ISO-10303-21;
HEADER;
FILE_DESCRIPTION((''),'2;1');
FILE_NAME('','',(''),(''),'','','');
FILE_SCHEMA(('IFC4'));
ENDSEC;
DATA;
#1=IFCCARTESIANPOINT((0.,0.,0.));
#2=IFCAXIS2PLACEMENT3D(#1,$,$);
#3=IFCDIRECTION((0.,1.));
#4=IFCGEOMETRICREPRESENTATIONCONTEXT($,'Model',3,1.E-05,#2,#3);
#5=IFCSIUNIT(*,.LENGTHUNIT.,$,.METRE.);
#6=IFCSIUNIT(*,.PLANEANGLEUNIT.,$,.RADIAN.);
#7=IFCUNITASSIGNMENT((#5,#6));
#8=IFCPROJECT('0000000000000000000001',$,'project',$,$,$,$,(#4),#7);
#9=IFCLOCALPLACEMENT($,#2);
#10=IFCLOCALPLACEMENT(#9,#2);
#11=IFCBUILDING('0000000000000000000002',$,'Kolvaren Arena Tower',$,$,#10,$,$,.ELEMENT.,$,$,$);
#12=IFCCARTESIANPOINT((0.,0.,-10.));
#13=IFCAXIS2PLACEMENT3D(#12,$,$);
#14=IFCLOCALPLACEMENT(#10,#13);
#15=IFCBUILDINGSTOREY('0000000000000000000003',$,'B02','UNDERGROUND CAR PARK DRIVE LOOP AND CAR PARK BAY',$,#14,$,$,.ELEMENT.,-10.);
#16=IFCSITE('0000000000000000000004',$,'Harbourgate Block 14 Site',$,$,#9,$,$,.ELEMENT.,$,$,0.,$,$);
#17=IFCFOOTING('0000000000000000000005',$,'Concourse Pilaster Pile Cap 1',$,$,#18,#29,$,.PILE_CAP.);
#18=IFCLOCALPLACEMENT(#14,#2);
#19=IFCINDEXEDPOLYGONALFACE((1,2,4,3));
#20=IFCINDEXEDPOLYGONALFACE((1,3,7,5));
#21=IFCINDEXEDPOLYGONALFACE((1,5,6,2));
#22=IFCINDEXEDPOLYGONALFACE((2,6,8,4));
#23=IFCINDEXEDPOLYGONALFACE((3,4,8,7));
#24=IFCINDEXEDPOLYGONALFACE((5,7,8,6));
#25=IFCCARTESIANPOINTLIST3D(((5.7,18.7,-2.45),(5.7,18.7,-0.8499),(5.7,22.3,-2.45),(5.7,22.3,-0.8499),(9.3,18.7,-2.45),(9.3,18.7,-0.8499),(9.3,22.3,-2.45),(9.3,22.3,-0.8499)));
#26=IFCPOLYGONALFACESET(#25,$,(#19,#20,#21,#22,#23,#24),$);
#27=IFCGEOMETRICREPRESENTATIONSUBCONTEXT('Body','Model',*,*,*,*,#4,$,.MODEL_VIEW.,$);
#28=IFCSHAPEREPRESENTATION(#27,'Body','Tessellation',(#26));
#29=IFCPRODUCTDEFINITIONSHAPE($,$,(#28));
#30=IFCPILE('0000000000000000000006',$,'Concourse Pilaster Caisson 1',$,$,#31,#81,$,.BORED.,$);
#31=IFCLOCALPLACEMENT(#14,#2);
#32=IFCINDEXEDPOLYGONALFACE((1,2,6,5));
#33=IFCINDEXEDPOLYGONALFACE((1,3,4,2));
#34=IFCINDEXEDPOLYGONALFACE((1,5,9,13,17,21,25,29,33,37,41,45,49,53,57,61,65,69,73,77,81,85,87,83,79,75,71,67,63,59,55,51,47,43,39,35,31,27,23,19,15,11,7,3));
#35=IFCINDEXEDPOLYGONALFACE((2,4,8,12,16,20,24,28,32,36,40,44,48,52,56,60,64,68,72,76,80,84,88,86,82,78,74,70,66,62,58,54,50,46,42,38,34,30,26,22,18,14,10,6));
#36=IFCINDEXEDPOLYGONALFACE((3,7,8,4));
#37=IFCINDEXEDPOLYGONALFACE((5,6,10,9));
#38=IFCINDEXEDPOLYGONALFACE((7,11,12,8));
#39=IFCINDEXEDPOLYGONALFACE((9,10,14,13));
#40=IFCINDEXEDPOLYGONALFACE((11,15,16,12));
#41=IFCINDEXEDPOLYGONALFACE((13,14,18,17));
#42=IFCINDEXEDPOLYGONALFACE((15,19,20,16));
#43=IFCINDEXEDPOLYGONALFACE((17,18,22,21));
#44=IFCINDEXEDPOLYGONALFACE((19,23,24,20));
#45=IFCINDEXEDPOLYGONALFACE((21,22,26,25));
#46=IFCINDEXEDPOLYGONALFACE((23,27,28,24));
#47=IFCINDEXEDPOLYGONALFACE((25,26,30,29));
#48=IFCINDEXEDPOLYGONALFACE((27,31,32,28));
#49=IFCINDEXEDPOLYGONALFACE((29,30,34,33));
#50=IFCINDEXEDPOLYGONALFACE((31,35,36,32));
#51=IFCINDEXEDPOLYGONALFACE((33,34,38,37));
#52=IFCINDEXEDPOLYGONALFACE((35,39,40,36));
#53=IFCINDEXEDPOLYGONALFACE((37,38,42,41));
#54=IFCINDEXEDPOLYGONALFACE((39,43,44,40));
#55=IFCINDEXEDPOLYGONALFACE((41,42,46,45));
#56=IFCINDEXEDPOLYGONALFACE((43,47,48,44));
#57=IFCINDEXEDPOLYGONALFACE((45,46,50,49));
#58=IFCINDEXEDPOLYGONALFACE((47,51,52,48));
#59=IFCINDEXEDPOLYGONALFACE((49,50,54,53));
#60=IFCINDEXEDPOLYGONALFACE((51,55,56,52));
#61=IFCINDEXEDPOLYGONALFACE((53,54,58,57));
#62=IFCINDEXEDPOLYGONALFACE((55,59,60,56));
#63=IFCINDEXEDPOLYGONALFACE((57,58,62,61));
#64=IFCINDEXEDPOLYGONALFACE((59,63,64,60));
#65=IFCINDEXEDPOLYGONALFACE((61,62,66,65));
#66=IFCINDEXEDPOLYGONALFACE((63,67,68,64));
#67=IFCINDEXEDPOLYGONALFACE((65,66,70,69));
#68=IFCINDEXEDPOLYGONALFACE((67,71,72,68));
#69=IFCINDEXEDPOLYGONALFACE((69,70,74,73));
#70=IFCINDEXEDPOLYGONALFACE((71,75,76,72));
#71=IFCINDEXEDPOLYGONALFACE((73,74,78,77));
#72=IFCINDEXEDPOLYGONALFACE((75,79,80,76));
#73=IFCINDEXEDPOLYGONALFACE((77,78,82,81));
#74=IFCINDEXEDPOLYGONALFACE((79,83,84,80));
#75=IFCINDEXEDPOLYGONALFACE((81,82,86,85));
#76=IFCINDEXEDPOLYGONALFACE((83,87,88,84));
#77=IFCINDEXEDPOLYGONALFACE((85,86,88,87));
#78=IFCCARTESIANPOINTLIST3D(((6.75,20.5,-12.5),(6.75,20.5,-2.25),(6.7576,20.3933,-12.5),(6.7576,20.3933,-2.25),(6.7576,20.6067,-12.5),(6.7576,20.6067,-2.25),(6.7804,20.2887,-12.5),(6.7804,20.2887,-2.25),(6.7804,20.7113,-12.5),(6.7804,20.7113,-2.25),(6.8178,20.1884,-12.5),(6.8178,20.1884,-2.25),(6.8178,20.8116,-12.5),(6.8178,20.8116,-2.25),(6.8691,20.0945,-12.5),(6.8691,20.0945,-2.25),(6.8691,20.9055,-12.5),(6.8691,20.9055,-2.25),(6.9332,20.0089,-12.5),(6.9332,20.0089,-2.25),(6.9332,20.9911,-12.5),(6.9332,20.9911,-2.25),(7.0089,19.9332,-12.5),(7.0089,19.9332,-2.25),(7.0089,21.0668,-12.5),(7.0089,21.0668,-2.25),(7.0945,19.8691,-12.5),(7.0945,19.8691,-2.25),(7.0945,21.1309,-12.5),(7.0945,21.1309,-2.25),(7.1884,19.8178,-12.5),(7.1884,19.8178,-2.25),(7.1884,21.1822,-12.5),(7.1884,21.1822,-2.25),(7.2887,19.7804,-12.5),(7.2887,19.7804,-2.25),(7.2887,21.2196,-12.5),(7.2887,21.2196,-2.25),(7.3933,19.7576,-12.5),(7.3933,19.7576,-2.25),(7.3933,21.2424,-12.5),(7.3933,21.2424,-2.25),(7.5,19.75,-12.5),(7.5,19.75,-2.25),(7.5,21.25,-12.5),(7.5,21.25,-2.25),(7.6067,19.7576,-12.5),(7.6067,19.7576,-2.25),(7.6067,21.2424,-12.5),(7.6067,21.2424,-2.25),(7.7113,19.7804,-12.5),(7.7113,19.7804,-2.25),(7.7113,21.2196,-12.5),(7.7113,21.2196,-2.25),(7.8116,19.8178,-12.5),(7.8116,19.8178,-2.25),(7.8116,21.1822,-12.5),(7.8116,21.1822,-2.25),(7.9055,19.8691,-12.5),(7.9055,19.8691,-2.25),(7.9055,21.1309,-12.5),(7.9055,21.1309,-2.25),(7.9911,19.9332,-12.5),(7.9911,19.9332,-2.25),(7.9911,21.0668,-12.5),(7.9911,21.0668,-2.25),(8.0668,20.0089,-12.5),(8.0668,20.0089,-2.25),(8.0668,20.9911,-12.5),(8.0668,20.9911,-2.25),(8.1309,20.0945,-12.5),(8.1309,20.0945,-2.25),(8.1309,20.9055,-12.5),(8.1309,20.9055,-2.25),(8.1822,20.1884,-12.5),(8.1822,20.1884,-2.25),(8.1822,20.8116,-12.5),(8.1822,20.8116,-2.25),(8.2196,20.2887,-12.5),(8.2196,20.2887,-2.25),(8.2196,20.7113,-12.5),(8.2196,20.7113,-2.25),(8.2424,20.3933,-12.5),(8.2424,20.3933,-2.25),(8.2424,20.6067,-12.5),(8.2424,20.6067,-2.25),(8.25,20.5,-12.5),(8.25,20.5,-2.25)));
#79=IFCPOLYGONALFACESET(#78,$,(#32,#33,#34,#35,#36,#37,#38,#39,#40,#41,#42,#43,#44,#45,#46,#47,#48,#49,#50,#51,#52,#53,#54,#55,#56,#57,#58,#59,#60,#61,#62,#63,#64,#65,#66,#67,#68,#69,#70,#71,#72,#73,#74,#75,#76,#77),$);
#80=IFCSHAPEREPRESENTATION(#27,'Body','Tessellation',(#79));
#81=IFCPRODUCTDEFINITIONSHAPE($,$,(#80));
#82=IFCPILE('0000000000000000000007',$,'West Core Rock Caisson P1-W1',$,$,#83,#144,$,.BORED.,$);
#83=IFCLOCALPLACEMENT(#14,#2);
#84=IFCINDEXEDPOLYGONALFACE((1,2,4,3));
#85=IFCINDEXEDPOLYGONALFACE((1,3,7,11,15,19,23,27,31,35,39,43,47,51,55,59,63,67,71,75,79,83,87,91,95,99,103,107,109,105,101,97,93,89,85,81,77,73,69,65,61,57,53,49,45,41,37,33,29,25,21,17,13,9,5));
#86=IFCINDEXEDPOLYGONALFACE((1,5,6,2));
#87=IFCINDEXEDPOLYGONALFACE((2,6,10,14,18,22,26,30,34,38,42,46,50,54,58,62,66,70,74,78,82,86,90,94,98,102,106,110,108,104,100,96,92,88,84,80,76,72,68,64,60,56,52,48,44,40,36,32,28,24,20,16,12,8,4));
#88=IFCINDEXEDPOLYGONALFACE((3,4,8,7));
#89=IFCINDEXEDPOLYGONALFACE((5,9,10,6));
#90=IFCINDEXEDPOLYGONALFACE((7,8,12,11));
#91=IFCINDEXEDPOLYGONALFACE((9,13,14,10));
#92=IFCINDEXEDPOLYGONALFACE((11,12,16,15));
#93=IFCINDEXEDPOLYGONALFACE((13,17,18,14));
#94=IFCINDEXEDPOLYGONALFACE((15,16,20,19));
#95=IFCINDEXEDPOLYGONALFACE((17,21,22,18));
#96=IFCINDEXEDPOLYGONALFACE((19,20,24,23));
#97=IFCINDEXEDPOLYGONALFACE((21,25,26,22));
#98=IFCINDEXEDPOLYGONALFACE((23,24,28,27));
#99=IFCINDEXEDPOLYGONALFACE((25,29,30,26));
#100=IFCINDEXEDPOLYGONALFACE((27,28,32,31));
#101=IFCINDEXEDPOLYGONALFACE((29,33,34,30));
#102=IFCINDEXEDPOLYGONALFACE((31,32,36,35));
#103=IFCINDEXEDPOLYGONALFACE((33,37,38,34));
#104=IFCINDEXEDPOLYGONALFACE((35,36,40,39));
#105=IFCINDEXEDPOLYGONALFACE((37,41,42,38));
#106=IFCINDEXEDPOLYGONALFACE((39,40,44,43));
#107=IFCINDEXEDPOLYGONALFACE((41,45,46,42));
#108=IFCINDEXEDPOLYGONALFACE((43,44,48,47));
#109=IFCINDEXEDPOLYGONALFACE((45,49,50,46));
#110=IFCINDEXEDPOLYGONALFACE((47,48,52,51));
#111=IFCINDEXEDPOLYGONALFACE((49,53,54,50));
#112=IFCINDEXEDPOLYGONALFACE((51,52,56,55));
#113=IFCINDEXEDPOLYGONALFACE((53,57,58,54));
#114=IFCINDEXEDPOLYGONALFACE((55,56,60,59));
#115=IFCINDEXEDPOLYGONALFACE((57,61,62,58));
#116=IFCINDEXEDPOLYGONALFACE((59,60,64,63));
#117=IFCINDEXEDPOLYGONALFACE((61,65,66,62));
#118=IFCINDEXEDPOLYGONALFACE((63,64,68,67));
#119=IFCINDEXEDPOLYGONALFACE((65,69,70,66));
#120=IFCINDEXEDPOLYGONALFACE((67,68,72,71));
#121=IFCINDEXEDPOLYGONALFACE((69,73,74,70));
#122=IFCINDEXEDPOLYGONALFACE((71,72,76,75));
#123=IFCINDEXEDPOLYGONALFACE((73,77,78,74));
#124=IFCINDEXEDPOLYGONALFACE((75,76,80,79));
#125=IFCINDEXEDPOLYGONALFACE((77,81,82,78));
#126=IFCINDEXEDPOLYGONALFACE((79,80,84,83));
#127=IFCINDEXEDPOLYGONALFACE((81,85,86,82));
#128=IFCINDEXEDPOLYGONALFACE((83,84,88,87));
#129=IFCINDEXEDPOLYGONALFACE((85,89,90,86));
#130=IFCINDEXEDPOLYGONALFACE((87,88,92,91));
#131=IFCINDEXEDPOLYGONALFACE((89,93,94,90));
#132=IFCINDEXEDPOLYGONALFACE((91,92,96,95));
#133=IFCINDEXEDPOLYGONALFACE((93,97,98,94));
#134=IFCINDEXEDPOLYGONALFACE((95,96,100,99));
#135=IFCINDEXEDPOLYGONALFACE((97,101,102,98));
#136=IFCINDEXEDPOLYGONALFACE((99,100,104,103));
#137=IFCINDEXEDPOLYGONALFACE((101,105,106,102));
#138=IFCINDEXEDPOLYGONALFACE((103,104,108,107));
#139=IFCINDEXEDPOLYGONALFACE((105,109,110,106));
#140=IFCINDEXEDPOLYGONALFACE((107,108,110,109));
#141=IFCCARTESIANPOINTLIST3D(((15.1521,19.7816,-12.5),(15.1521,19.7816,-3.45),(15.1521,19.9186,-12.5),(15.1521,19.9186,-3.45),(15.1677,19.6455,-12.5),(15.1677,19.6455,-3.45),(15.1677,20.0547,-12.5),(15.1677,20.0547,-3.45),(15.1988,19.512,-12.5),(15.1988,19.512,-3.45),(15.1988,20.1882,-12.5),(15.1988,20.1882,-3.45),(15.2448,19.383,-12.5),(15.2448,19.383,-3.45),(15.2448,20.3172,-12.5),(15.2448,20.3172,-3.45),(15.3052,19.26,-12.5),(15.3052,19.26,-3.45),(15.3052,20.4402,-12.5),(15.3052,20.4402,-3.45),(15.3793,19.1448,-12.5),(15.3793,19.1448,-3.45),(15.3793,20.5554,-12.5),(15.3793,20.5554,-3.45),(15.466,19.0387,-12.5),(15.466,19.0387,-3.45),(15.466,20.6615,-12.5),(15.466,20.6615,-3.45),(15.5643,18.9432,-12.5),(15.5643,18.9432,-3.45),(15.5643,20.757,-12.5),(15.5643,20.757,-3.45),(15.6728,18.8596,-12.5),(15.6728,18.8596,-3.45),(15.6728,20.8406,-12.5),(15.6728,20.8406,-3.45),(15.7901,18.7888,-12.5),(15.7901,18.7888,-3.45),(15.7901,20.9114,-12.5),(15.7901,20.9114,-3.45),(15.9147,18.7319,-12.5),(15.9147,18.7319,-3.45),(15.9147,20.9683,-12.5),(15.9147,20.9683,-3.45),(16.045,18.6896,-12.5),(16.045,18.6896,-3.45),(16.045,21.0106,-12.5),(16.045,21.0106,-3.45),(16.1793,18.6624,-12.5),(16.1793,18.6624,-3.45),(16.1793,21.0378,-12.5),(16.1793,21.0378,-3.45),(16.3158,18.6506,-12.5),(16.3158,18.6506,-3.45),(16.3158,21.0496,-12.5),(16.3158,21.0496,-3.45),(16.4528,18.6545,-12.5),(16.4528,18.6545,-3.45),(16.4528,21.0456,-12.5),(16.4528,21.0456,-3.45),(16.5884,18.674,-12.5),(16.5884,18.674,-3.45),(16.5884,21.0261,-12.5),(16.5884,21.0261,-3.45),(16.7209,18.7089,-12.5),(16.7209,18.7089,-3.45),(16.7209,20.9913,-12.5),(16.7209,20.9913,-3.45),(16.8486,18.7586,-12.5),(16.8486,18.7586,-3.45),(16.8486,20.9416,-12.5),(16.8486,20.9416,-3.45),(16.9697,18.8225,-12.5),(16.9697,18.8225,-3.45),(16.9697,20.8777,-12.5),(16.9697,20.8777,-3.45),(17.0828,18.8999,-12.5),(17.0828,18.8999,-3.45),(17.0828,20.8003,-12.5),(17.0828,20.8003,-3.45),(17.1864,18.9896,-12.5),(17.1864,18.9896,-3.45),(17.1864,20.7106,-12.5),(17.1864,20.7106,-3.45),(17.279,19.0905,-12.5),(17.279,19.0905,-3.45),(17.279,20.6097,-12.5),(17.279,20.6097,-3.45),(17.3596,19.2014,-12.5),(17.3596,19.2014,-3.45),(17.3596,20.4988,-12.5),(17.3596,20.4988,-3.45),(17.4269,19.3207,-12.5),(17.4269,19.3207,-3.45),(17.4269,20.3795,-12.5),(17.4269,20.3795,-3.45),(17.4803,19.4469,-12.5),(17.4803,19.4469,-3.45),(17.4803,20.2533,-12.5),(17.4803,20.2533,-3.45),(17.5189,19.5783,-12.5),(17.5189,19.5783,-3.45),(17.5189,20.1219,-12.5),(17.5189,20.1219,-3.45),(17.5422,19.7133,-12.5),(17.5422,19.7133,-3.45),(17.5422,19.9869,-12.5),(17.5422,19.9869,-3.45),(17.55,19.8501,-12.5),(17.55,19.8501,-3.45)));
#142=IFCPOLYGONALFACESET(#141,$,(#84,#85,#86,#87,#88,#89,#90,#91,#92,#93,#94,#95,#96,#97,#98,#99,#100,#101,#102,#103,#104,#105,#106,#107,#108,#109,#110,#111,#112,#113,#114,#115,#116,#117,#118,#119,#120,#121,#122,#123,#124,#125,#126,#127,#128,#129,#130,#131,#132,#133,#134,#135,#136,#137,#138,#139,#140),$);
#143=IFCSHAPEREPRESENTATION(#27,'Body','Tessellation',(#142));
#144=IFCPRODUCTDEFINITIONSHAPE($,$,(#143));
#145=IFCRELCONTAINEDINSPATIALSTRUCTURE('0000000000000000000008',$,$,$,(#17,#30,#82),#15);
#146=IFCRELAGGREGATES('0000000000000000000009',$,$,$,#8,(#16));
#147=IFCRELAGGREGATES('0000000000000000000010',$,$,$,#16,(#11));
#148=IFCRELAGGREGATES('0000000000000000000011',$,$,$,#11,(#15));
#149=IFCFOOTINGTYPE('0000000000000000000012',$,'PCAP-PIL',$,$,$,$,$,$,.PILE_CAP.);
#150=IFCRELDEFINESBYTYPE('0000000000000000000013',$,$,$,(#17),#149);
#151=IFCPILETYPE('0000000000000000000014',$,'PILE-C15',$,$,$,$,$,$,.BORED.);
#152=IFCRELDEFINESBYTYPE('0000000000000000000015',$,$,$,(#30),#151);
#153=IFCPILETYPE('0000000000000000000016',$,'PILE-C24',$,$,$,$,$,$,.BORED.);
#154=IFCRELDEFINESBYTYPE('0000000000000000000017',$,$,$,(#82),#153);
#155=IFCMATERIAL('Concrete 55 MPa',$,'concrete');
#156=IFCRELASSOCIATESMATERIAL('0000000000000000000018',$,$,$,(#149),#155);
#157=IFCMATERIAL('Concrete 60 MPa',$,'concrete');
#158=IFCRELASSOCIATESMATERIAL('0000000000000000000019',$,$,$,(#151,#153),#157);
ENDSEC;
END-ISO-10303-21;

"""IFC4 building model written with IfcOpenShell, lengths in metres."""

from ifc_helpers import new_model, si_unit, direction, frame, origin, origin_2d, place, context, subcontext, project, spatial, rectangle, circle, extrude, material, material_profile, profile_set, type_object, element, save


model = new_model("IFC4")

# Units and contexts
model_context = context("Model", 3, precision=1e-05, world=origin(), true_north=direction((0.0, 1.0)))
body_context = subcontext(model_context, "Body", "Model", "MODEL_VIEW")
ifc_project = project(units=[si_unit("LENGTHUNIT", "METRE"), si_unit("PLANEANGLEUNIT", "RADIAN")], contexts=[model_context])

# Site, building, storey
site_placement = place(None, origin())
site = spatial("IfcSite", under=ifc_project, at=site_placement, Name="Harbourgate Block 14 Site", CompositionType="ELEMENT", RefElevation=0.0)
building_placement = place(site_placement, origin())
building = spatial("IfcBuilding", under=site, at=building_placement, Name="Kolvaren Arena Tower", CompositionType="ELEMENT")
storey_placement = place(building_placement, frame((0.0, 0.0, -10.0)))
storey = spatial("IfcBuildingStorey", under=building, at=storey_placement, Name="B02", Description="UNDERGROUND CAR PARK DRIVE LOOP AND CAR PARK BAY", CompositionType="ELEMENT", Elevation=-10.0)

# Footing
ifc_material_1 = material(Name="Concrete 55 MPa", Category="concrete")
footing_type = type_object("IfcFootingType", Name="PCAP-PIL", PredefinedType="PILE_CAP", material=ifc_material_1)
footing_placement = place(storey_placement, frame((7.5, 20.5, -2.45), z_axis=(0.0, 0.0, 1.0), x_axis=(1.0, 0.0, 0.0)))
element("IfcFooting", 1, at=footing_placement, inside=storey, type_object=footing_type, Name="Concourse Pilaster Pile Cap 1", PredefinedType="PILE_CAP", context=body_context, shape_type="SweptSolid", body=[
    extrude(rectangle(XDim=3.6001, YDim=3.6001, at=origin_2d()), origin(), (0.0, 0.0, 1.0), 1.6001),
])

# Piles
ifc_material_2 = material(Name="Concrete 60 MPa", Category="concrete")
ifc_material_profile_1 = material_profile(ifc_material_2, circle(Radius=0.75, at=origin_2d()), Name="CAISSON-D1500")
ifc_profile_set_1 = profile_set([ifc_material_profile_1], Name="Concrete 60 MPa")
pile_type_1 = type_object("IfcPileType", Name="PILE-C15", PredefinedType="BORED", material=ifc_profile_set_1)
pile_placement = place(storey_placement, frame((7.5, 20.5, -2.25), z_axis=(0.0, 0.0, -1.0), x_axis=(1.0, 0.0, 0.0)))
element("IfcPile", 2, at=pile_placement, inside=storey, type_object=pile_type_1, Name="Concourse Pilaster Caisson 1", PredefinedType="BORED", context=body_context, shape_type="SweptSolid", body=[
    extrude(circle(Radius=0.75, at=origin_2d()), origin(), (0.0, 0.0, 1.0), 10.25),
])
ifc_material_profile_2 = material_profile(ifc_material_2, circle(Radius=1.2, at=origin_2d()), Name="CAISSON-D2400")
ifc_profile_set_2 = profile_set([ifc_material_profile_2], Name="Concrete 60 MPa")
pile_type_2 = type_object("IfcPileType", Name="PILE-C24", PredefinedType="BORED", material=ifc_profile_set_2)
for number, where, z_axis, x_axis, name in (
    (3, (16.3501, 19.8501, -3.45), (0.0, 0.0, -1.0), (1.0, 0.0, 0.0), "West Core Rock Caisson P1-W1"),
):
    element("IfcPile", number, at=place(storey_placement, frame(where, z_axis=z_axis, x_axis=x_axis)), inside=storey, type_object=pile_type_2, Name=name, PredefinedType="BORED", context=body_context, shape_type="SweptSolid", body=[
        extrude(circle(Radius=1.2, at=origin_2d()), origin(), (0.0, 0.0, 1.0), 9.05),
    ])

save(model, "model.ifc")
